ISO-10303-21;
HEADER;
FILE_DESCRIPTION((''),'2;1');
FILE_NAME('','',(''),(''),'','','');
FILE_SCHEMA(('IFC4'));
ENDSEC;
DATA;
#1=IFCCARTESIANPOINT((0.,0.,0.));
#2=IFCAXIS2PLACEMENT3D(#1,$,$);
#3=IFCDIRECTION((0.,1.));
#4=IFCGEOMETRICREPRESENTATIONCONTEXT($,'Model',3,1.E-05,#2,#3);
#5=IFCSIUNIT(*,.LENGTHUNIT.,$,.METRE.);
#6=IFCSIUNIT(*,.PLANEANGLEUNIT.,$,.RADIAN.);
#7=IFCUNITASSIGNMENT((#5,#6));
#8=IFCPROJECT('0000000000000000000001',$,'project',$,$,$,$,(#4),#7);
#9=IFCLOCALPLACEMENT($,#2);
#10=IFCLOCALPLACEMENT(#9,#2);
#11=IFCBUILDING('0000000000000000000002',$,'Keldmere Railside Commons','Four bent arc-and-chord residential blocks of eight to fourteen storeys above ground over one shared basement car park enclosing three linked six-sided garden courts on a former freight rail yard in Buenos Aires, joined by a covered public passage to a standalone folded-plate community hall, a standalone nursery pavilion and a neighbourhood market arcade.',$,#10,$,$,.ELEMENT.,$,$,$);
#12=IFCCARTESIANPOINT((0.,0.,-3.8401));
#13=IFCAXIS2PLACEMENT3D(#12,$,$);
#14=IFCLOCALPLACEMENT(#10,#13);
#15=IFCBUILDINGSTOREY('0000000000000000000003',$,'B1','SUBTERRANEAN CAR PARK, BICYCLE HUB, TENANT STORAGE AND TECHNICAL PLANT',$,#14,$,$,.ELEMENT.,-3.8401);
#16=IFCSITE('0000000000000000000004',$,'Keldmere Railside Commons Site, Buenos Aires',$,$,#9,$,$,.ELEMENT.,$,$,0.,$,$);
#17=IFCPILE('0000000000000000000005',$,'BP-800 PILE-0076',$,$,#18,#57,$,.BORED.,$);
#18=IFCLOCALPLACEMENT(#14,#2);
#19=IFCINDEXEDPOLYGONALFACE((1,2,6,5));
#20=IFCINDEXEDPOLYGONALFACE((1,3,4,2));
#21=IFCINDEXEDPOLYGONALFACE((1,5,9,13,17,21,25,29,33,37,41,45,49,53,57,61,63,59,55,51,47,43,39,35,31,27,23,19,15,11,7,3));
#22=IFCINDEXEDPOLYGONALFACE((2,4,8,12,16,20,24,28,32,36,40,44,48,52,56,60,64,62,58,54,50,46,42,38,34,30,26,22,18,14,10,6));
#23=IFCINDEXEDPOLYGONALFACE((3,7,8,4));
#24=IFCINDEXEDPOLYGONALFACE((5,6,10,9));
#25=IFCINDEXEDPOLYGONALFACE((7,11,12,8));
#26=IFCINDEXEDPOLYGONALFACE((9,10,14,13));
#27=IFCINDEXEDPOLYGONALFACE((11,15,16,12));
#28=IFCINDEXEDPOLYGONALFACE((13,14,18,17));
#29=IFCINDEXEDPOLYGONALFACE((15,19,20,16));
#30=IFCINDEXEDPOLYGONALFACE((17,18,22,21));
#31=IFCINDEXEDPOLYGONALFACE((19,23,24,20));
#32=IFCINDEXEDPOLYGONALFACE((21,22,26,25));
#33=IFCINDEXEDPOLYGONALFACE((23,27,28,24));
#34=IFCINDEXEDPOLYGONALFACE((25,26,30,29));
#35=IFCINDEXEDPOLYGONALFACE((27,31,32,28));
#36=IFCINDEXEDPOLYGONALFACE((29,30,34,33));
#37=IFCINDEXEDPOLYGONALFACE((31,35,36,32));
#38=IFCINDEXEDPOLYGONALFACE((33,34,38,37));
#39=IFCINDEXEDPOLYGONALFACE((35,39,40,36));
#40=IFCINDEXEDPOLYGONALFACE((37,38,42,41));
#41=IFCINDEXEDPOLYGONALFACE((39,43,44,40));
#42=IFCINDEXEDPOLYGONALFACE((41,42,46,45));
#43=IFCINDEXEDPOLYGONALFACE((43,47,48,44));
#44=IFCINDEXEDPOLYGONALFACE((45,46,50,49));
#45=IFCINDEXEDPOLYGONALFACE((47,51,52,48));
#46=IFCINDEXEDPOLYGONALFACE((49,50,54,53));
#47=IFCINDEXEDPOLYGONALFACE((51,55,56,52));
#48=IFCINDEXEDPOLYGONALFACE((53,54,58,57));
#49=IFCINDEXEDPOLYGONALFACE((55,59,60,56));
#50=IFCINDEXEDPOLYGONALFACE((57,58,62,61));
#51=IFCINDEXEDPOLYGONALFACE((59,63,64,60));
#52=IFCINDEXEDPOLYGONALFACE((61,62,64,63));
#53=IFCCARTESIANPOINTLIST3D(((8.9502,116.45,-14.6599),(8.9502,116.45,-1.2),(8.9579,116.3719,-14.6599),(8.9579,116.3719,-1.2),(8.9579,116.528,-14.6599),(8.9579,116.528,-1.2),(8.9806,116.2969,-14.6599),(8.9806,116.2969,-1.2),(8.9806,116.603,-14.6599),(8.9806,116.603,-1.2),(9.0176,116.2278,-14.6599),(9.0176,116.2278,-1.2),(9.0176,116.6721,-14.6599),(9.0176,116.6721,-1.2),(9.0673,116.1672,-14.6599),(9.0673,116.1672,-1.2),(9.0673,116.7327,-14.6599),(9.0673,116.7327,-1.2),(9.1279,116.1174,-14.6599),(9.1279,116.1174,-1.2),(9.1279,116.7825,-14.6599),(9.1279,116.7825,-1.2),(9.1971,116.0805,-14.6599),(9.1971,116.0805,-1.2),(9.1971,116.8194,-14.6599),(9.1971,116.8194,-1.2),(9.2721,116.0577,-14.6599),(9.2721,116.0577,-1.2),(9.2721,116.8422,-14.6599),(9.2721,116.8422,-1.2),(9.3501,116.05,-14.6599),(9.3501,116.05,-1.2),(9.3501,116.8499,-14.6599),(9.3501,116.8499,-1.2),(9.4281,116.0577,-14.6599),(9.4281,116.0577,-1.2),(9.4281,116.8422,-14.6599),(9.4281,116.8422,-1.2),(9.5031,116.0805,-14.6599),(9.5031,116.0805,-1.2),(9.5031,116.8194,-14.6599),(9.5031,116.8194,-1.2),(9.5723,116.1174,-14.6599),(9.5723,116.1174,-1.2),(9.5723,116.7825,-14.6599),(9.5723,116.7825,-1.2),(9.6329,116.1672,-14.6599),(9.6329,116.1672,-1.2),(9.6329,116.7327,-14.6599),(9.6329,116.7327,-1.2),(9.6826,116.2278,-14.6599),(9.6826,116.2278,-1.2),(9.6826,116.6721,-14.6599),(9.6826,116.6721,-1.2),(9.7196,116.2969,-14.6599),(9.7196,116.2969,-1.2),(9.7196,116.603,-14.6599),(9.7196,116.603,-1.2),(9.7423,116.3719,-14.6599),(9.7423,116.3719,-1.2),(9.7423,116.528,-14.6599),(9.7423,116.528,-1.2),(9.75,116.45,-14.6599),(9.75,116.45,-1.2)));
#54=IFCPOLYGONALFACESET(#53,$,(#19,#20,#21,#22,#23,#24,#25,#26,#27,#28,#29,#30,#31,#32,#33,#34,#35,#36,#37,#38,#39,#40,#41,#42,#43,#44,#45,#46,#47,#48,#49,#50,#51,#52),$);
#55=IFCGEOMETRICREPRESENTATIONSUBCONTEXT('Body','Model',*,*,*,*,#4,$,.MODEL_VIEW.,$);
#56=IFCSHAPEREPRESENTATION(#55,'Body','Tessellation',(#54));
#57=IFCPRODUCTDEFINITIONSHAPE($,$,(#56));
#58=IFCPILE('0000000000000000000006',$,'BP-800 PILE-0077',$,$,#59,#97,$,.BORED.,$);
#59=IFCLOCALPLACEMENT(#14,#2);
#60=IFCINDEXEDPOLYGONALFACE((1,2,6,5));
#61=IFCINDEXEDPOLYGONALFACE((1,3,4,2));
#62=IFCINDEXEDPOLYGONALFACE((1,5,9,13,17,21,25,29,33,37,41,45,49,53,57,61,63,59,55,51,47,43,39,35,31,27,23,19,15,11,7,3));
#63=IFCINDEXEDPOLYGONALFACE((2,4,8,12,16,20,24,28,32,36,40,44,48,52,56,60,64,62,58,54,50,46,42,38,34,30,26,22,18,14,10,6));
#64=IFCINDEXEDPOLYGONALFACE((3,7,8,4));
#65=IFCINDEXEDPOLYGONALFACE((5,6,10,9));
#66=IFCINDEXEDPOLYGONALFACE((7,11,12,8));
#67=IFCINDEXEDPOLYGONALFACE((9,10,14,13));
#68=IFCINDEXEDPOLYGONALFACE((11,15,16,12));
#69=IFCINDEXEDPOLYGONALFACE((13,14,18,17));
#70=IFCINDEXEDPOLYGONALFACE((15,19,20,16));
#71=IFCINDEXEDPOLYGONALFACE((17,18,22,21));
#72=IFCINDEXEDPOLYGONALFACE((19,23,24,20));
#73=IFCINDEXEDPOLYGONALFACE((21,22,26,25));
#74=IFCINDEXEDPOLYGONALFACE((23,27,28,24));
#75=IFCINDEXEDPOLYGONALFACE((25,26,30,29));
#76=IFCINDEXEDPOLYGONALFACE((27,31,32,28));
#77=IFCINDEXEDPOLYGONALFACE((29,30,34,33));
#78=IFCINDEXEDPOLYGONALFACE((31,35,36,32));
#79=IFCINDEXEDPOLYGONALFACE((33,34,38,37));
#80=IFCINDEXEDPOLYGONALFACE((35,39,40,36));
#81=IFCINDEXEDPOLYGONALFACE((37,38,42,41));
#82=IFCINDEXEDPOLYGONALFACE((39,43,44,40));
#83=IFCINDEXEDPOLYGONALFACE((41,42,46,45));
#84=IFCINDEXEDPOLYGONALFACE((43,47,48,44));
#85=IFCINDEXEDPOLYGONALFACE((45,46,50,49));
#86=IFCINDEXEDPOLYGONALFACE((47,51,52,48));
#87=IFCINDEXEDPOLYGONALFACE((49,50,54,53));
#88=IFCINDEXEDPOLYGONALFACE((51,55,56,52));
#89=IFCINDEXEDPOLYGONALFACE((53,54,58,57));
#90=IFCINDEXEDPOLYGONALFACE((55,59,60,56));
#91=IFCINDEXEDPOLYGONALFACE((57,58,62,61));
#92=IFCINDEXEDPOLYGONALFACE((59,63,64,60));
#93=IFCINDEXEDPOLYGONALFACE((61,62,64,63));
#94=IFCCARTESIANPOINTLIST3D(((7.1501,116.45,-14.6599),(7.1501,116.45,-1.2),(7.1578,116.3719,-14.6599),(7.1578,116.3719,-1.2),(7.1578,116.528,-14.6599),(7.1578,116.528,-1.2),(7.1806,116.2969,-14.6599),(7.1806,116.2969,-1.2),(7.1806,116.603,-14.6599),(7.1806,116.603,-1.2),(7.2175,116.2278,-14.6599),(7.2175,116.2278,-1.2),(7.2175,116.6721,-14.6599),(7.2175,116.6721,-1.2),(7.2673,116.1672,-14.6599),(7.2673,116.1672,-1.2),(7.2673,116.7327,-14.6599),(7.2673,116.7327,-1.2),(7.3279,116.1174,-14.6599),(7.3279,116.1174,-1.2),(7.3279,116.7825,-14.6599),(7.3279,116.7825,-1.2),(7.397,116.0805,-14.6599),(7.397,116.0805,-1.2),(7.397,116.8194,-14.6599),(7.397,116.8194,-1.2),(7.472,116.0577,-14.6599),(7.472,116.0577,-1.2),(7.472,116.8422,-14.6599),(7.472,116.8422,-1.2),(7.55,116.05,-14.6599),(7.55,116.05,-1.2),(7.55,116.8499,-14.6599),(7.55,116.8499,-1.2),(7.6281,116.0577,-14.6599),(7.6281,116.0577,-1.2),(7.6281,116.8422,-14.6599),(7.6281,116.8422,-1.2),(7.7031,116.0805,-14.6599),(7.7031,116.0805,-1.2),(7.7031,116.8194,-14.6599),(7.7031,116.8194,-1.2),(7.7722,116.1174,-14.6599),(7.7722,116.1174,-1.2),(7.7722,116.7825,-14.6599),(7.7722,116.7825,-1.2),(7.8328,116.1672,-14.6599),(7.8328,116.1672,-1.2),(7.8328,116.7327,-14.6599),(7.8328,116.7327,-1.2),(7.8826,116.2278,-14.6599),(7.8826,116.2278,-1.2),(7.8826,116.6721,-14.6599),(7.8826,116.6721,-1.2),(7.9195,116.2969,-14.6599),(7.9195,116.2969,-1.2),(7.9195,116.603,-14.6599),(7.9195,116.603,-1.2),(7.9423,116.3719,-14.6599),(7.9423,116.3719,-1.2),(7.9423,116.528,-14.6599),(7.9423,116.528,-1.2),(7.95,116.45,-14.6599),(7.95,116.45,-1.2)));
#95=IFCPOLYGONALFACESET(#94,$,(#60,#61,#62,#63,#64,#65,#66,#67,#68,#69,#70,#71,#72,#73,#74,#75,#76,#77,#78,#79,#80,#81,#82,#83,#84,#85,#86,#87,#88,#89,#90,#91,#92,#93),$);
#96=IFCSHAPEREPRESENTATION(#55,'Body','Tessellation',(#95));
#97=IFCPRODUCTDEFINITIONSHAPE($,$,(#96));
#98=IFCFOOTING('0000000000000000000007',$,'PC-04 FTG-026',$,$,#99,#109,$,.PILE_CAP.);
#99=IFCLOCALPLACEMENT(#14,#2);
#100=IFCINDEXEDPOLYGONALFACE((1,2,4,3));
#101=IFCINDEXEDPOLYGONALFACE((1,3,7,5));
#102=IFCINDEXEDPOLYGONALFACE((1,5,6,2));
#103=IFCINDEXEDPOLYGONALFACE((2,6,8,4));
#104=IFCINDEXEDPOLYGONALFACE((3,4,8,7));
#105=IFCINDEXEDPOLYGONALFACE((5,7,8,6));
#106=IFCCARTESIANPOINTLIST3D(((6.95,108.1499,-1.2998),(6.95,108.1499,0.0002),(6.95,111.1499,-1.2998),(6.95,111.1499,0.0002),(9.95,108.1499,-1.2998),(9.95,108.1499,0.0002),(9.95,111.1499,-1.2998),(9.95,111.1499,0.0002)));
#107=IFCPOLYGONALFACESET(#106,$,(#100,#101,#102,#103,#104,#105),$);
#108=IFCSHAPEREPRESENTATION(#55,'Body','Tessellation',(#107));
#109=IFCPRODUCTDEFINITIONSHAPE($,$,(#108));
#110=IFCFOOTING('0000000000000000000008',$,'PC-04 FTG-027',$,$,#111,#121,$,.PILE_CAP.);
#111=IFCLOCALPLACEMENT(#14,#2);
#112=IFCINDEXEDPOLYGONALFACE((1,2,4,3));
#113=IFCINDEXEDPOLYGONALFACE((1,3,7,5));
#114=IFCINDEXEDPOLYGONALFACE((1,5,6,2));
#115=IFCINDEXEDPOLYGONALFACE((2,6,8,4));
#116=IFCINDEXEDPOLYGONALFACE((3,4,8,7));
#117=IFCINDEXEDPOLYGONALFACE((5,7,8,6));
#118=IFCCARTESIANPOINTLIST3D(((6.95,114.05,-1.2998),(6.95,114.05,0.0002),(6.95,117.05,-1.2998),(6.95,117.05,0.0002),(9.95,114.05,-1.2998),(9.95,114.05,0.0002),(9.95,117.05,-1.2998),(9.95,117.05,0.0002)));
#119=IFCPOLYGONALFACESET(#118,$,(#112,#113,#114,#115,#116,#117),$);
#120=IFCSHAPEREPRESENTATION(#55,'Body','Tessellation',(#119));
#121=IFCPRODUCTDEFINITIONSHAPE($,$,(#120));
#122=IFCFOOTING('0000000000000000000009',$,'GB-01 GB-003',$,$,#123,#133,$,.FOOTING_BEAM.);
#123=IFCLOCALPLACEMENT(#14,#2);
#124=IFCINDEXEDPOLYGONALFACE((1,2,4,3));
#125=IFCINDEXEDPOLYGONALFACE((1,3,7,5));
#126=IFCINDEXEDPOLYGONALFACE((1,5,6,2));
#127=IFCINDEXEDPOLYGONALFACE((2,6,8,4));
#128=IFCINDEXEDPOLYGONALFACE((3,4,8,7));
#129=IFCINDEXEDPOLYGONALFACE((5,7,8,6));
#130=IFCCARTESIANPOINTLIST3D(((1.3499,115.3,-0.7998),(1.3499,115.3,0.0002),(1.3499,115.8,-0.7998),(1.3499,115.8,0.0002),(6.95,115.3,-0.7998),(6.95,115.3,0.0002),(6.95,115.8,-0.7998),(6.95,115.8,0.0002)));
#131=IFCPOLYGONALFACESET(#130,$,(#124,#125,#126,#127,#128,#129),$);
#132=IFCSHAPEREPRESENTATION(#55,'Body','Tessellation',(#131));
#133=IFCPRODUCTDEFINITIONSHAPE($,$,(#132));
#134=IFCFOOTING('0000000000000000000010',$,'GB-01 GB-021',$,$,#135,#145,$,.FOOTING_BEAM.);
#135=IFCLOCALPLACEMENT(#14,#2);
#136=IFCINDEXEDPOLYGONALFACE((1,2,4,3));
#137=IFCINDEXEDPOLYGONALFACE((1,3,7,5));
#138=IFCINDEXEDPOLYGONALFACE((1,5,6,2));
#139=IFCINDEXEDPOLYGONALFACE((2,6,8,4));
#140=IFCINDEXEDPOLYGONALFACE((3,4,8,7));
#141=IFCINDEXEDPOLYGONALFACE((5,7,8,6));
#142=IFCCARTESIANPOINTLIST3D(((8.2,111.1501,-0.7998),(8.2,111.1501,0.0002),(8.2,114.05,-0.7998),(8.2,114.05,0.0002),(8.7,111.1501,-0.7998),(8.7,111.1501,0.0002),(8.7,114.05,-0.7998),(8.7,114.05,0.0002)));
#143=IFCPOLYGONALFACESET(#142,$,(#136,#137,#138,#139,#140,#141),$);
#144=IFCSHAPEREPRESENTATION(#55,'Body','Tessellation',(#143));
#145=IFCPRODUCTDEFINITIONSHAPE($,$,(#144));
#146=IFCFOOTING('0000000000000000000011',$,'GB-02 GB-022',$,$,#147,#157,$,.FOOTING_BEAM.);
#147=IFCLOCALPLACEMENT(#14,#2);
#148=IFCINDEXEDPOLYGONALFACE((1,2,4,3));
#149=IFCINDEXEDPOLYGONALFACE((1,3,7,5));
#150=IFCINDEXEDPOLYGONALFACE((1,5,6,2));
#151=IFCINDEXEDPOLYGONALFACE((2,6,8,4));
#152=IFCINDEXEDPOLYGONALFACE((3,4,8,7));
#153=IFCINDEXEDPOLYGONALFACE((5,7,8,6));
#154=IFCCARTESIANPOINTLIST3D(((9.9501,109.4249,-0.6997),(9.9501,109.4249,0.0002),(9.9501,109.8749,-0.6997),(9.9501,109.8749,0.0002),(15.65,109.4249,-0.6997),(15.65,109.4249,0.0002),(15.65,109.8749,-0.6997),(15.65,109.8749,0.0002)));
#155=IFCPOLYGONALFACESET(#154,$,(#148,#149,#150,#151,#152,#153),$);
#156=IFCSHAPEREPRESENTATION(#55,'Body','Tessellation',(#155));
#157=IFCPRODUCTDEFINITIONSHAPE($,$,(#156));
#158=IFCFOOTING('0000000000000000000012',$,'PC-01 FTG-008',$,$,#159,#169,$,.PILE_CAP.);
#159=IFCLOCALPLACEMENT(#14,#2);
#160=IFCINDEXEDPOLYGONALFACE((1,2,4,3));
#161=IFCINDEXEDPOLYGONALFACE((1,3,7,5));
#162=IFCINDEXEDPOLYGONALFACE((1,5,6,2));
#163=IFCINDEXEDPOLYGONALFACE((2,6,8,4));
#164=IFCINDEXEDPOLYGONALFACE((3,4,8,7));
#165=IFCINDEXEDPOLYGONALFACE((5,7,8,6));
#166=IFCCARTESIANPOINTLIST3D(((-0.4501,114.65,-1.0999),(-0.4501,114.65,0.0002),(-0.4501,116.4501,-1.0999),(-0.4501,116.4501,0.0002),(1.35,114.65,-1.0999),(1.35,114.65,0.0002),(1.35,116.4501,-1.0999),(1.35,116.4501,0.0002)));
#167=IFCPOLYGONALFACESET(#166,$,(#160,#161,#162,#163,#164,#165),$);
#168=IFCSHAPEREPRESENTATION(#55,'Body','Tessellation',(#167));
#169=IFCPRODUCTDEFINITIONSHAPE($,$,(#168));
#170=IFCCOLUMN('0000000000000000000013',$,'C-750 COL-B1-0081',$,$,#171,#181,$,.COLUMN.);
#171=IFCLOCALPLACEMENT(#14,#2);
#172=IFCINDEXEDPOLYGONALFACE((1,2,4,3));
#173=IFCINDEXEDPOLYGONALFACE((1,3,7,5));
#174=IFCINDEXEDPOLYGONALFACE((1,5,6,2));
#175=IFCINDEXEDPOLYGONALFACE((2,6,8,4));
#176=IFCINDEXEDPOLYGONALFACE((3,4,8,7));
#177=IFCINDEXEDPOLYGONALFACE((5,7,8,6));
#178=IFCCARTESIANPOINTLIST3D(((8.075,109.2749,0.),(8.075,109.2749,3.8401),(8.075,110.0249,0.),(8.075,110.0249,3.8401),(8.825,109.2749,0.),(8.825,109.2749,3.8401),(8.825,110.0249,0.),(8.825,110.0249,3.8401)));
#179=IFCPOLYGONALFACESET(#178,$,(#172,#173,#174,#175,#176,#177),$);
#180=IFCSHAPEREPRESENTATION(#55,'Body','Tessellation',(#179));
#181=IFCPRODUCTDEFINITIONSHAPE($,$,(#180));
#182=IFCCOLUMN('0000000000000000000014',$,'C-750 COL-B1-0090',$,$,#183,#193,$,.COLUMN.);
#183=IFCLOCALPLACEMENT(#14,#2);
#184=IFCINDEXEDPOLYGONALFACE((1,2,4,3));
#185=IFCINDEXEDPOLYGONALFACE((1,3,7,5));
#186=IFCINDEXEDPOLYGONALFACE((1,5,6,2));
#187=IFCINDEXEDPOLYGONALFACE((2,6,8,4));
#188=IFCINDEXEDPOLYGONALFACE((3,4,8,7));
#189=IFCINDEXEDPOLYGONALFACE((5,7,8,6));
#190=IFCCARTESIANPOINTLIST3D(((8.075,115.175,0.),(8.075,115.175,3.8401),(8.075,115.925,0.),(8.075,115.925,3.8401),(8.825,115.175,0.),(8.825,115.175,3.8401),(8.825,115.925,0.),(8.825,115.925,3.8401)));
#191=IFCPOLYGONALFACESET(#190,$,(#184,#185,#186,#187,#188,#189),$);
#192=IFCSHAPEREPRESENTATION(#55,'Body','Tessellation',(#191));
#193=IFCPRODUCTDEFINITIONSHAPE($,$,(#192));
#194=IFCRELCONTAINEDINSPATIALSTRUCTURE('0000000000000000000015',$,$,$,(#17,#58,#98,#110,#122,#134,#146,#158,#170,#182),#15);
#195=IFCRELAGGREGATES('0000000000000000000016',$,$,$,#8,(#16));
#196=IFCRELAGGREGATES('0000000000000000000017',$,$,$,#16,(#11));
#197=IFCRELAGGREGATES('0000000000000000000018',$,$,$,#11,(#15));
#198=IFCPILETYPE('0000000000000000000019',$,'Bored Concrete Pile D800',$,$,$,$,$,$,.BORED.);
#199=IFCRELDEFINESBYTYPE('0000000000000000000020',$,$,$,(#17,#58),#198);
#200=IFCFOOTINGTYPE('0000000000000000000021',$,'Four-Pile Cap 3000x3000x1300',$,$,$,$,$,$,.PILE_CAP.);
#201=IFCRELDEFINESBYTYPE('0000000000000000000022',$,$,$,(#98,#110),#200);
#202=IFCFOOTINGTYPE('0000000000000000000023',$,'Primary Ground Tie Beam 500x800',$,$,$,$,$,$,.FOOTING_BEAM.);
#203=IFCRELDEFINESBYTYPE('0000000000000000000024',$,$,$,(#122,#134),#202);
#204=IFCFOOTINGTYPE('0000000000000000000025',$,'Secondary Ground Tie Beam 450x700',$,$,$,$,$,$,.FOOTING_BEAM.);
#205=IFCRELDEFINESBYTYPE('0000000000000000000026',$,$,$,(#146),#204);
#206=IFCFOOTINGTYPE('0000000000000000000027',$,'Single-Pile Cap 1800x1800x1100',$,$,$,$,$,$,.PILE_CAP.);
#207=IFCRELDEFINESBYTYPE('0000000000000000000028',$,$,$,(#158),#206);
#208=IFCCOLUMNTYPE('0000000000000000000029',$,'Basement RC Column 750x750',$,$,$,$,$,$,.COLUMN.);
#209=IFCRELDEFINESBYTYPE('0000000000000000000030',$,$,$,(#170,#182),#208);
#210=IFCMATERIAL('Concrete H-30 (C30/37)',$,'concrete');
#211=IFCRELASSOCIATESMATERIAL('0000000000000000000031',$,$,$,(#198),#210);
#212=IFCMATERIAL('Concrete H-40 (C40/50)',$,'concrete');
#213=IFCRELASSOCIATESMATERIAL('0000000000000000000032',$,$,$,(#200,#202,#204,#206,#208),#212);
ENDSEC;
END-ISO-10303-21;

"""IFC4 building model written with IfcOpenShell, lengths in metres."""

from ifc_helpers import new_model, si_unit, direction, frame, origin, origin_2d, place, context, subcontext, project, spatial, rectangle, circle, extrude, material, material_profile, profile_set, type_object, element, save


model = new_model("IFC4")

# Units and contexts
model_context = context("Model", 3, precision=1e-05, world=origin(), true_north=direction((0.0, 1.0)))
body_context = subcontext(model_context, "Body", "Model", "MODEL_VIEW")
ifc_project = project(units=[si_unit("LENGTHUNIT", "METRE"), si_unit("PLANEANGLEUNIT", "RADIAN")], contexts=[model_context])

# Site, building, storey
site_placement = place(None, origin())
site = spatial("IfcSite", under=ifc_project, at=site_placement, Name="Keldmere Railside Commons Site, Buenos Aires", CompositionType="ELEMENT", RefElevation=0.0)
building_placement = place(site_placement, origin())
building = spatial("IfcBuilding", under=site, at=building_placement, Name="Keldmere Railside Commons", Description="Four bent arc-and-chord residential blocks of eight to fourteen storeys above ground over one shared basement car park enclosing three linked six-sided garden courts on a former freight rail yard in Buenos Aires, joined by a covered public passage to a standalone folded-plate community hall, a standalone nursery pavilion and a neighbourhood market arcade.", CompositionType="ELEMENT")
storey_placement = place(building_placement, frame((0.0, 0.0, -3.8401)))
storey = spatial("IfcBuildingStorey", under=building, at=storey_placement, Name="B1", Description="SUBTERRANEAN CAR PARK, BICYCLE HUB, TENANT STORAGE AND TECHNICAL PLANT", CompositionType="ELEMENT", Elevation=-3.8401)

# Piles
ifc_material_1 = material(Name="Concrete H-30 (C30/37)", Category="concrete")
ifc_material_profile_1 = material_profile(ifc_material_1, circle(Radius=0.3999, at=origin_2d()), Name="PILE-D800")
ifc_profile_set_1 = profile_set([ifc_material_profile_1], Name="Concrete H-30 (C30/37)")
pile_type = type_object("IfcPileType", Name="Bored Concrete Pile D800", PredefinedType="BORED", material=ifc_profile_set_1)
for number, where, z_axis, x_axis, name in (
    (1, (9.3501, 116.45, -1.2), (0.0, 0.0, -1.0), (1.0, 0.0, 0.0), "BP-800 PILE-0076"),
    (2, (7.55, 116.45, -1.2), (0.0, 0.0, -1.0), (1.0, 0.0, 0.0), "BP-800 PILE-0077"),
):
    element("IfcPile", number, at=place(storey_placement, frame(where, z_axis=z_axis, x_axis=x_axis)), inside=storey, type_object=pile_type, Name=name, PredefinedType="BORED", context=body_context, shape_type="SweptSolid", body=[
        extrude(circle(Radius=0.3999, at=origin_2d()), origin(), (0.0, 0.0, 1.0), 13.46),
    ])

# Footings
ifc_material_2 = material(Name="Concrete H-40 (C40/50)", Category="concrete")
footing_type_1 = type_object("IfcFootingType", Name="Four-Pile Cap 3000x3000x1300", PredefinedType="PILE_CAP", material=ifc_material_2)
for number, where, z_axis, x_axis, name in (
    (3, (8.45, 109.6499, -1.2998), (0.0, 0.0, 1.0), (1.0, 0.0, 0.0), "PC-04 FTG-026"),
    (4, (8.45, 115.55, -1.2998), (0.0, 0.0, 1.0), (1.0, 0.0, 0.0), "PC-04 FTG-027"),
):
    element("IfcFooting", number, at=place(storey_placement, frame(where, z_axis=z_axis, x_axis=x_axis)), inside=storey, type_object=footing_type_1, Name=name, PredefinedType="PILE_CAP", context=body_context, shape_type="SweptSolid", body=[
        extrude(rectangle(XDim=3.0, YDim=3.0, at=origin_2d()), origin(), (0.0, 0.0, 1.0), 1.3),
    ])
footing_type_2 = type_object("IfcFootingType", Name="Primary Ground Tie Beam 500x800", PredefinedType="FOOTING_BEAM", material=ifc_material_2)
footing_1_placement = place(storey_placement, frame((4.1499, 115.55, -0.7998), z_axis=(0.0, 0.0, 1.0), x_axis=(1.0, 0.0, 0.0)))
element("IfcFooting", 5, at=footing_1_placement, inside=storey, type_object=footing_type_2, Name="GB-01 GB-003", PredefinedType="FOOTING_BEAM", context=body_context, shape_type="SweptSolid", body=[
    extrude(rectangle(XDim=5.6001, YDim=0.5, at=origin_2d()), origin(), (0.0, 0.0, 1.0), 0.8),
])
footing_2_placement = place(storey_placement, frame((8.45, 112.6001, -0.7998), z_axis=(0.0, 0.0, 1.0), x_axis=(0.0, 1.0, 0.0)))
element("IfcFooting", 6, at=footing_2_placement, inside=storey, type_object=footing_type_2, Name="GB-01 GB-021", PredefinedType="FOOTING_BEAM", context=body_context, shape_type="SweptSolid", body=[
    extrude(rectangle(XDim=2.8999, YDim=0.5, at=origin_2d()), origin(), (0.0, 0.0, 1.0), 0.8),
])
footing_type_3 = type_object("IfcFootingType", Name="Secondary Ground Tie Beam 450x700", PredefinedType="FOOTING_BEAM", material=ifc_material_2)
footing_3_placement = place(storey_placement, frame((12.8, 109.6499, -0.6997), z_axis=(0.0, 0.0, 1.0), x_axis=(1.0, 0.0, 0.0)))
element("IfcFooting", 7, at=footing_3_placement, inside=storey, type_object=footing_type_3, Name="GB-02 GB-022", PredefinedType="FOOTING_BEAM", context=body_context, shape_type="SweptSolid", body=[
    extrude(rectangle(XDim=5.7, YDim=0.45, at=origin_2d()), origin(), (0.0, 0.0, 1.0), 0.7),
])
footing_type_4 = type_object("IfcFootingType", Name="Single-Pile Cap 1800x1800x1100", PredefinedType="PILE_CAP", material=ifc_material_2)
footing_4_placement = place(storey_placement, frame((0.45, 115.55, -1.0999), z_axis=(0.0, 0.0, 1.0), x_axis=(1.0, 0.0, 0.0)))
element("IfcFooting", 8, at=footing_4_placement, inside=storey, type_object=footing_type_4, Name="PC-01 FTG-008", PredefinedType="PILE_CAP", context=body_context, shape_type="SweptSolid", body=[
    extrude(rectangle(XDim=1.8, YDim=1.8, at=origin_2d()), origin(), (0.0, 0.0, 1.0), 1.1001),
])

# Columns
ifc_material_profile_2 = material_profile(ifc_material_2, rectangle(XDim=0.75, YDim=0.75, at=origin_2d()), Name="RC-750x750")
ifc_profile_set_2 = profile_set([ifc_material_profile_2], Name="Concrete H-40 (C40/50)")
column_type_1 = type_object("IfcColumnType", Name="Basement RC Column 750x750", PredefinedType="COLUMN", material=ifc_profile_set_2)
for number, where, z_axis, x_axis, name in (
    (9, (8.45, 109.6499, 0.0), (0.0, 0.0, 1.0), (1.0, 0.0, 0.0), "C-750 COL-B1-0081"),
    (10, (8.45, 115.55, 0.0), (0.0, 0.0, 1.0), (1.0, 0.0, 0.0), "C-750 COL-B1-0090"),
):
    element("IfcColumn", number, at=place(storey_placement, frame(where, z_axis=z_axis, x_axis=x_axis)), inside=storey, type_object=column_type_1, Name=name, PredefinedType="COLUMN", context=body_context, shape_type="SweptSolid", body=[
        extrude(rectangle(XDim=0.75, YDim=0.75, at=origin_2d()), origin(), (0.0, 0.0, 1.0), 3.8401),
    ])

save(model, "model.ifc")
